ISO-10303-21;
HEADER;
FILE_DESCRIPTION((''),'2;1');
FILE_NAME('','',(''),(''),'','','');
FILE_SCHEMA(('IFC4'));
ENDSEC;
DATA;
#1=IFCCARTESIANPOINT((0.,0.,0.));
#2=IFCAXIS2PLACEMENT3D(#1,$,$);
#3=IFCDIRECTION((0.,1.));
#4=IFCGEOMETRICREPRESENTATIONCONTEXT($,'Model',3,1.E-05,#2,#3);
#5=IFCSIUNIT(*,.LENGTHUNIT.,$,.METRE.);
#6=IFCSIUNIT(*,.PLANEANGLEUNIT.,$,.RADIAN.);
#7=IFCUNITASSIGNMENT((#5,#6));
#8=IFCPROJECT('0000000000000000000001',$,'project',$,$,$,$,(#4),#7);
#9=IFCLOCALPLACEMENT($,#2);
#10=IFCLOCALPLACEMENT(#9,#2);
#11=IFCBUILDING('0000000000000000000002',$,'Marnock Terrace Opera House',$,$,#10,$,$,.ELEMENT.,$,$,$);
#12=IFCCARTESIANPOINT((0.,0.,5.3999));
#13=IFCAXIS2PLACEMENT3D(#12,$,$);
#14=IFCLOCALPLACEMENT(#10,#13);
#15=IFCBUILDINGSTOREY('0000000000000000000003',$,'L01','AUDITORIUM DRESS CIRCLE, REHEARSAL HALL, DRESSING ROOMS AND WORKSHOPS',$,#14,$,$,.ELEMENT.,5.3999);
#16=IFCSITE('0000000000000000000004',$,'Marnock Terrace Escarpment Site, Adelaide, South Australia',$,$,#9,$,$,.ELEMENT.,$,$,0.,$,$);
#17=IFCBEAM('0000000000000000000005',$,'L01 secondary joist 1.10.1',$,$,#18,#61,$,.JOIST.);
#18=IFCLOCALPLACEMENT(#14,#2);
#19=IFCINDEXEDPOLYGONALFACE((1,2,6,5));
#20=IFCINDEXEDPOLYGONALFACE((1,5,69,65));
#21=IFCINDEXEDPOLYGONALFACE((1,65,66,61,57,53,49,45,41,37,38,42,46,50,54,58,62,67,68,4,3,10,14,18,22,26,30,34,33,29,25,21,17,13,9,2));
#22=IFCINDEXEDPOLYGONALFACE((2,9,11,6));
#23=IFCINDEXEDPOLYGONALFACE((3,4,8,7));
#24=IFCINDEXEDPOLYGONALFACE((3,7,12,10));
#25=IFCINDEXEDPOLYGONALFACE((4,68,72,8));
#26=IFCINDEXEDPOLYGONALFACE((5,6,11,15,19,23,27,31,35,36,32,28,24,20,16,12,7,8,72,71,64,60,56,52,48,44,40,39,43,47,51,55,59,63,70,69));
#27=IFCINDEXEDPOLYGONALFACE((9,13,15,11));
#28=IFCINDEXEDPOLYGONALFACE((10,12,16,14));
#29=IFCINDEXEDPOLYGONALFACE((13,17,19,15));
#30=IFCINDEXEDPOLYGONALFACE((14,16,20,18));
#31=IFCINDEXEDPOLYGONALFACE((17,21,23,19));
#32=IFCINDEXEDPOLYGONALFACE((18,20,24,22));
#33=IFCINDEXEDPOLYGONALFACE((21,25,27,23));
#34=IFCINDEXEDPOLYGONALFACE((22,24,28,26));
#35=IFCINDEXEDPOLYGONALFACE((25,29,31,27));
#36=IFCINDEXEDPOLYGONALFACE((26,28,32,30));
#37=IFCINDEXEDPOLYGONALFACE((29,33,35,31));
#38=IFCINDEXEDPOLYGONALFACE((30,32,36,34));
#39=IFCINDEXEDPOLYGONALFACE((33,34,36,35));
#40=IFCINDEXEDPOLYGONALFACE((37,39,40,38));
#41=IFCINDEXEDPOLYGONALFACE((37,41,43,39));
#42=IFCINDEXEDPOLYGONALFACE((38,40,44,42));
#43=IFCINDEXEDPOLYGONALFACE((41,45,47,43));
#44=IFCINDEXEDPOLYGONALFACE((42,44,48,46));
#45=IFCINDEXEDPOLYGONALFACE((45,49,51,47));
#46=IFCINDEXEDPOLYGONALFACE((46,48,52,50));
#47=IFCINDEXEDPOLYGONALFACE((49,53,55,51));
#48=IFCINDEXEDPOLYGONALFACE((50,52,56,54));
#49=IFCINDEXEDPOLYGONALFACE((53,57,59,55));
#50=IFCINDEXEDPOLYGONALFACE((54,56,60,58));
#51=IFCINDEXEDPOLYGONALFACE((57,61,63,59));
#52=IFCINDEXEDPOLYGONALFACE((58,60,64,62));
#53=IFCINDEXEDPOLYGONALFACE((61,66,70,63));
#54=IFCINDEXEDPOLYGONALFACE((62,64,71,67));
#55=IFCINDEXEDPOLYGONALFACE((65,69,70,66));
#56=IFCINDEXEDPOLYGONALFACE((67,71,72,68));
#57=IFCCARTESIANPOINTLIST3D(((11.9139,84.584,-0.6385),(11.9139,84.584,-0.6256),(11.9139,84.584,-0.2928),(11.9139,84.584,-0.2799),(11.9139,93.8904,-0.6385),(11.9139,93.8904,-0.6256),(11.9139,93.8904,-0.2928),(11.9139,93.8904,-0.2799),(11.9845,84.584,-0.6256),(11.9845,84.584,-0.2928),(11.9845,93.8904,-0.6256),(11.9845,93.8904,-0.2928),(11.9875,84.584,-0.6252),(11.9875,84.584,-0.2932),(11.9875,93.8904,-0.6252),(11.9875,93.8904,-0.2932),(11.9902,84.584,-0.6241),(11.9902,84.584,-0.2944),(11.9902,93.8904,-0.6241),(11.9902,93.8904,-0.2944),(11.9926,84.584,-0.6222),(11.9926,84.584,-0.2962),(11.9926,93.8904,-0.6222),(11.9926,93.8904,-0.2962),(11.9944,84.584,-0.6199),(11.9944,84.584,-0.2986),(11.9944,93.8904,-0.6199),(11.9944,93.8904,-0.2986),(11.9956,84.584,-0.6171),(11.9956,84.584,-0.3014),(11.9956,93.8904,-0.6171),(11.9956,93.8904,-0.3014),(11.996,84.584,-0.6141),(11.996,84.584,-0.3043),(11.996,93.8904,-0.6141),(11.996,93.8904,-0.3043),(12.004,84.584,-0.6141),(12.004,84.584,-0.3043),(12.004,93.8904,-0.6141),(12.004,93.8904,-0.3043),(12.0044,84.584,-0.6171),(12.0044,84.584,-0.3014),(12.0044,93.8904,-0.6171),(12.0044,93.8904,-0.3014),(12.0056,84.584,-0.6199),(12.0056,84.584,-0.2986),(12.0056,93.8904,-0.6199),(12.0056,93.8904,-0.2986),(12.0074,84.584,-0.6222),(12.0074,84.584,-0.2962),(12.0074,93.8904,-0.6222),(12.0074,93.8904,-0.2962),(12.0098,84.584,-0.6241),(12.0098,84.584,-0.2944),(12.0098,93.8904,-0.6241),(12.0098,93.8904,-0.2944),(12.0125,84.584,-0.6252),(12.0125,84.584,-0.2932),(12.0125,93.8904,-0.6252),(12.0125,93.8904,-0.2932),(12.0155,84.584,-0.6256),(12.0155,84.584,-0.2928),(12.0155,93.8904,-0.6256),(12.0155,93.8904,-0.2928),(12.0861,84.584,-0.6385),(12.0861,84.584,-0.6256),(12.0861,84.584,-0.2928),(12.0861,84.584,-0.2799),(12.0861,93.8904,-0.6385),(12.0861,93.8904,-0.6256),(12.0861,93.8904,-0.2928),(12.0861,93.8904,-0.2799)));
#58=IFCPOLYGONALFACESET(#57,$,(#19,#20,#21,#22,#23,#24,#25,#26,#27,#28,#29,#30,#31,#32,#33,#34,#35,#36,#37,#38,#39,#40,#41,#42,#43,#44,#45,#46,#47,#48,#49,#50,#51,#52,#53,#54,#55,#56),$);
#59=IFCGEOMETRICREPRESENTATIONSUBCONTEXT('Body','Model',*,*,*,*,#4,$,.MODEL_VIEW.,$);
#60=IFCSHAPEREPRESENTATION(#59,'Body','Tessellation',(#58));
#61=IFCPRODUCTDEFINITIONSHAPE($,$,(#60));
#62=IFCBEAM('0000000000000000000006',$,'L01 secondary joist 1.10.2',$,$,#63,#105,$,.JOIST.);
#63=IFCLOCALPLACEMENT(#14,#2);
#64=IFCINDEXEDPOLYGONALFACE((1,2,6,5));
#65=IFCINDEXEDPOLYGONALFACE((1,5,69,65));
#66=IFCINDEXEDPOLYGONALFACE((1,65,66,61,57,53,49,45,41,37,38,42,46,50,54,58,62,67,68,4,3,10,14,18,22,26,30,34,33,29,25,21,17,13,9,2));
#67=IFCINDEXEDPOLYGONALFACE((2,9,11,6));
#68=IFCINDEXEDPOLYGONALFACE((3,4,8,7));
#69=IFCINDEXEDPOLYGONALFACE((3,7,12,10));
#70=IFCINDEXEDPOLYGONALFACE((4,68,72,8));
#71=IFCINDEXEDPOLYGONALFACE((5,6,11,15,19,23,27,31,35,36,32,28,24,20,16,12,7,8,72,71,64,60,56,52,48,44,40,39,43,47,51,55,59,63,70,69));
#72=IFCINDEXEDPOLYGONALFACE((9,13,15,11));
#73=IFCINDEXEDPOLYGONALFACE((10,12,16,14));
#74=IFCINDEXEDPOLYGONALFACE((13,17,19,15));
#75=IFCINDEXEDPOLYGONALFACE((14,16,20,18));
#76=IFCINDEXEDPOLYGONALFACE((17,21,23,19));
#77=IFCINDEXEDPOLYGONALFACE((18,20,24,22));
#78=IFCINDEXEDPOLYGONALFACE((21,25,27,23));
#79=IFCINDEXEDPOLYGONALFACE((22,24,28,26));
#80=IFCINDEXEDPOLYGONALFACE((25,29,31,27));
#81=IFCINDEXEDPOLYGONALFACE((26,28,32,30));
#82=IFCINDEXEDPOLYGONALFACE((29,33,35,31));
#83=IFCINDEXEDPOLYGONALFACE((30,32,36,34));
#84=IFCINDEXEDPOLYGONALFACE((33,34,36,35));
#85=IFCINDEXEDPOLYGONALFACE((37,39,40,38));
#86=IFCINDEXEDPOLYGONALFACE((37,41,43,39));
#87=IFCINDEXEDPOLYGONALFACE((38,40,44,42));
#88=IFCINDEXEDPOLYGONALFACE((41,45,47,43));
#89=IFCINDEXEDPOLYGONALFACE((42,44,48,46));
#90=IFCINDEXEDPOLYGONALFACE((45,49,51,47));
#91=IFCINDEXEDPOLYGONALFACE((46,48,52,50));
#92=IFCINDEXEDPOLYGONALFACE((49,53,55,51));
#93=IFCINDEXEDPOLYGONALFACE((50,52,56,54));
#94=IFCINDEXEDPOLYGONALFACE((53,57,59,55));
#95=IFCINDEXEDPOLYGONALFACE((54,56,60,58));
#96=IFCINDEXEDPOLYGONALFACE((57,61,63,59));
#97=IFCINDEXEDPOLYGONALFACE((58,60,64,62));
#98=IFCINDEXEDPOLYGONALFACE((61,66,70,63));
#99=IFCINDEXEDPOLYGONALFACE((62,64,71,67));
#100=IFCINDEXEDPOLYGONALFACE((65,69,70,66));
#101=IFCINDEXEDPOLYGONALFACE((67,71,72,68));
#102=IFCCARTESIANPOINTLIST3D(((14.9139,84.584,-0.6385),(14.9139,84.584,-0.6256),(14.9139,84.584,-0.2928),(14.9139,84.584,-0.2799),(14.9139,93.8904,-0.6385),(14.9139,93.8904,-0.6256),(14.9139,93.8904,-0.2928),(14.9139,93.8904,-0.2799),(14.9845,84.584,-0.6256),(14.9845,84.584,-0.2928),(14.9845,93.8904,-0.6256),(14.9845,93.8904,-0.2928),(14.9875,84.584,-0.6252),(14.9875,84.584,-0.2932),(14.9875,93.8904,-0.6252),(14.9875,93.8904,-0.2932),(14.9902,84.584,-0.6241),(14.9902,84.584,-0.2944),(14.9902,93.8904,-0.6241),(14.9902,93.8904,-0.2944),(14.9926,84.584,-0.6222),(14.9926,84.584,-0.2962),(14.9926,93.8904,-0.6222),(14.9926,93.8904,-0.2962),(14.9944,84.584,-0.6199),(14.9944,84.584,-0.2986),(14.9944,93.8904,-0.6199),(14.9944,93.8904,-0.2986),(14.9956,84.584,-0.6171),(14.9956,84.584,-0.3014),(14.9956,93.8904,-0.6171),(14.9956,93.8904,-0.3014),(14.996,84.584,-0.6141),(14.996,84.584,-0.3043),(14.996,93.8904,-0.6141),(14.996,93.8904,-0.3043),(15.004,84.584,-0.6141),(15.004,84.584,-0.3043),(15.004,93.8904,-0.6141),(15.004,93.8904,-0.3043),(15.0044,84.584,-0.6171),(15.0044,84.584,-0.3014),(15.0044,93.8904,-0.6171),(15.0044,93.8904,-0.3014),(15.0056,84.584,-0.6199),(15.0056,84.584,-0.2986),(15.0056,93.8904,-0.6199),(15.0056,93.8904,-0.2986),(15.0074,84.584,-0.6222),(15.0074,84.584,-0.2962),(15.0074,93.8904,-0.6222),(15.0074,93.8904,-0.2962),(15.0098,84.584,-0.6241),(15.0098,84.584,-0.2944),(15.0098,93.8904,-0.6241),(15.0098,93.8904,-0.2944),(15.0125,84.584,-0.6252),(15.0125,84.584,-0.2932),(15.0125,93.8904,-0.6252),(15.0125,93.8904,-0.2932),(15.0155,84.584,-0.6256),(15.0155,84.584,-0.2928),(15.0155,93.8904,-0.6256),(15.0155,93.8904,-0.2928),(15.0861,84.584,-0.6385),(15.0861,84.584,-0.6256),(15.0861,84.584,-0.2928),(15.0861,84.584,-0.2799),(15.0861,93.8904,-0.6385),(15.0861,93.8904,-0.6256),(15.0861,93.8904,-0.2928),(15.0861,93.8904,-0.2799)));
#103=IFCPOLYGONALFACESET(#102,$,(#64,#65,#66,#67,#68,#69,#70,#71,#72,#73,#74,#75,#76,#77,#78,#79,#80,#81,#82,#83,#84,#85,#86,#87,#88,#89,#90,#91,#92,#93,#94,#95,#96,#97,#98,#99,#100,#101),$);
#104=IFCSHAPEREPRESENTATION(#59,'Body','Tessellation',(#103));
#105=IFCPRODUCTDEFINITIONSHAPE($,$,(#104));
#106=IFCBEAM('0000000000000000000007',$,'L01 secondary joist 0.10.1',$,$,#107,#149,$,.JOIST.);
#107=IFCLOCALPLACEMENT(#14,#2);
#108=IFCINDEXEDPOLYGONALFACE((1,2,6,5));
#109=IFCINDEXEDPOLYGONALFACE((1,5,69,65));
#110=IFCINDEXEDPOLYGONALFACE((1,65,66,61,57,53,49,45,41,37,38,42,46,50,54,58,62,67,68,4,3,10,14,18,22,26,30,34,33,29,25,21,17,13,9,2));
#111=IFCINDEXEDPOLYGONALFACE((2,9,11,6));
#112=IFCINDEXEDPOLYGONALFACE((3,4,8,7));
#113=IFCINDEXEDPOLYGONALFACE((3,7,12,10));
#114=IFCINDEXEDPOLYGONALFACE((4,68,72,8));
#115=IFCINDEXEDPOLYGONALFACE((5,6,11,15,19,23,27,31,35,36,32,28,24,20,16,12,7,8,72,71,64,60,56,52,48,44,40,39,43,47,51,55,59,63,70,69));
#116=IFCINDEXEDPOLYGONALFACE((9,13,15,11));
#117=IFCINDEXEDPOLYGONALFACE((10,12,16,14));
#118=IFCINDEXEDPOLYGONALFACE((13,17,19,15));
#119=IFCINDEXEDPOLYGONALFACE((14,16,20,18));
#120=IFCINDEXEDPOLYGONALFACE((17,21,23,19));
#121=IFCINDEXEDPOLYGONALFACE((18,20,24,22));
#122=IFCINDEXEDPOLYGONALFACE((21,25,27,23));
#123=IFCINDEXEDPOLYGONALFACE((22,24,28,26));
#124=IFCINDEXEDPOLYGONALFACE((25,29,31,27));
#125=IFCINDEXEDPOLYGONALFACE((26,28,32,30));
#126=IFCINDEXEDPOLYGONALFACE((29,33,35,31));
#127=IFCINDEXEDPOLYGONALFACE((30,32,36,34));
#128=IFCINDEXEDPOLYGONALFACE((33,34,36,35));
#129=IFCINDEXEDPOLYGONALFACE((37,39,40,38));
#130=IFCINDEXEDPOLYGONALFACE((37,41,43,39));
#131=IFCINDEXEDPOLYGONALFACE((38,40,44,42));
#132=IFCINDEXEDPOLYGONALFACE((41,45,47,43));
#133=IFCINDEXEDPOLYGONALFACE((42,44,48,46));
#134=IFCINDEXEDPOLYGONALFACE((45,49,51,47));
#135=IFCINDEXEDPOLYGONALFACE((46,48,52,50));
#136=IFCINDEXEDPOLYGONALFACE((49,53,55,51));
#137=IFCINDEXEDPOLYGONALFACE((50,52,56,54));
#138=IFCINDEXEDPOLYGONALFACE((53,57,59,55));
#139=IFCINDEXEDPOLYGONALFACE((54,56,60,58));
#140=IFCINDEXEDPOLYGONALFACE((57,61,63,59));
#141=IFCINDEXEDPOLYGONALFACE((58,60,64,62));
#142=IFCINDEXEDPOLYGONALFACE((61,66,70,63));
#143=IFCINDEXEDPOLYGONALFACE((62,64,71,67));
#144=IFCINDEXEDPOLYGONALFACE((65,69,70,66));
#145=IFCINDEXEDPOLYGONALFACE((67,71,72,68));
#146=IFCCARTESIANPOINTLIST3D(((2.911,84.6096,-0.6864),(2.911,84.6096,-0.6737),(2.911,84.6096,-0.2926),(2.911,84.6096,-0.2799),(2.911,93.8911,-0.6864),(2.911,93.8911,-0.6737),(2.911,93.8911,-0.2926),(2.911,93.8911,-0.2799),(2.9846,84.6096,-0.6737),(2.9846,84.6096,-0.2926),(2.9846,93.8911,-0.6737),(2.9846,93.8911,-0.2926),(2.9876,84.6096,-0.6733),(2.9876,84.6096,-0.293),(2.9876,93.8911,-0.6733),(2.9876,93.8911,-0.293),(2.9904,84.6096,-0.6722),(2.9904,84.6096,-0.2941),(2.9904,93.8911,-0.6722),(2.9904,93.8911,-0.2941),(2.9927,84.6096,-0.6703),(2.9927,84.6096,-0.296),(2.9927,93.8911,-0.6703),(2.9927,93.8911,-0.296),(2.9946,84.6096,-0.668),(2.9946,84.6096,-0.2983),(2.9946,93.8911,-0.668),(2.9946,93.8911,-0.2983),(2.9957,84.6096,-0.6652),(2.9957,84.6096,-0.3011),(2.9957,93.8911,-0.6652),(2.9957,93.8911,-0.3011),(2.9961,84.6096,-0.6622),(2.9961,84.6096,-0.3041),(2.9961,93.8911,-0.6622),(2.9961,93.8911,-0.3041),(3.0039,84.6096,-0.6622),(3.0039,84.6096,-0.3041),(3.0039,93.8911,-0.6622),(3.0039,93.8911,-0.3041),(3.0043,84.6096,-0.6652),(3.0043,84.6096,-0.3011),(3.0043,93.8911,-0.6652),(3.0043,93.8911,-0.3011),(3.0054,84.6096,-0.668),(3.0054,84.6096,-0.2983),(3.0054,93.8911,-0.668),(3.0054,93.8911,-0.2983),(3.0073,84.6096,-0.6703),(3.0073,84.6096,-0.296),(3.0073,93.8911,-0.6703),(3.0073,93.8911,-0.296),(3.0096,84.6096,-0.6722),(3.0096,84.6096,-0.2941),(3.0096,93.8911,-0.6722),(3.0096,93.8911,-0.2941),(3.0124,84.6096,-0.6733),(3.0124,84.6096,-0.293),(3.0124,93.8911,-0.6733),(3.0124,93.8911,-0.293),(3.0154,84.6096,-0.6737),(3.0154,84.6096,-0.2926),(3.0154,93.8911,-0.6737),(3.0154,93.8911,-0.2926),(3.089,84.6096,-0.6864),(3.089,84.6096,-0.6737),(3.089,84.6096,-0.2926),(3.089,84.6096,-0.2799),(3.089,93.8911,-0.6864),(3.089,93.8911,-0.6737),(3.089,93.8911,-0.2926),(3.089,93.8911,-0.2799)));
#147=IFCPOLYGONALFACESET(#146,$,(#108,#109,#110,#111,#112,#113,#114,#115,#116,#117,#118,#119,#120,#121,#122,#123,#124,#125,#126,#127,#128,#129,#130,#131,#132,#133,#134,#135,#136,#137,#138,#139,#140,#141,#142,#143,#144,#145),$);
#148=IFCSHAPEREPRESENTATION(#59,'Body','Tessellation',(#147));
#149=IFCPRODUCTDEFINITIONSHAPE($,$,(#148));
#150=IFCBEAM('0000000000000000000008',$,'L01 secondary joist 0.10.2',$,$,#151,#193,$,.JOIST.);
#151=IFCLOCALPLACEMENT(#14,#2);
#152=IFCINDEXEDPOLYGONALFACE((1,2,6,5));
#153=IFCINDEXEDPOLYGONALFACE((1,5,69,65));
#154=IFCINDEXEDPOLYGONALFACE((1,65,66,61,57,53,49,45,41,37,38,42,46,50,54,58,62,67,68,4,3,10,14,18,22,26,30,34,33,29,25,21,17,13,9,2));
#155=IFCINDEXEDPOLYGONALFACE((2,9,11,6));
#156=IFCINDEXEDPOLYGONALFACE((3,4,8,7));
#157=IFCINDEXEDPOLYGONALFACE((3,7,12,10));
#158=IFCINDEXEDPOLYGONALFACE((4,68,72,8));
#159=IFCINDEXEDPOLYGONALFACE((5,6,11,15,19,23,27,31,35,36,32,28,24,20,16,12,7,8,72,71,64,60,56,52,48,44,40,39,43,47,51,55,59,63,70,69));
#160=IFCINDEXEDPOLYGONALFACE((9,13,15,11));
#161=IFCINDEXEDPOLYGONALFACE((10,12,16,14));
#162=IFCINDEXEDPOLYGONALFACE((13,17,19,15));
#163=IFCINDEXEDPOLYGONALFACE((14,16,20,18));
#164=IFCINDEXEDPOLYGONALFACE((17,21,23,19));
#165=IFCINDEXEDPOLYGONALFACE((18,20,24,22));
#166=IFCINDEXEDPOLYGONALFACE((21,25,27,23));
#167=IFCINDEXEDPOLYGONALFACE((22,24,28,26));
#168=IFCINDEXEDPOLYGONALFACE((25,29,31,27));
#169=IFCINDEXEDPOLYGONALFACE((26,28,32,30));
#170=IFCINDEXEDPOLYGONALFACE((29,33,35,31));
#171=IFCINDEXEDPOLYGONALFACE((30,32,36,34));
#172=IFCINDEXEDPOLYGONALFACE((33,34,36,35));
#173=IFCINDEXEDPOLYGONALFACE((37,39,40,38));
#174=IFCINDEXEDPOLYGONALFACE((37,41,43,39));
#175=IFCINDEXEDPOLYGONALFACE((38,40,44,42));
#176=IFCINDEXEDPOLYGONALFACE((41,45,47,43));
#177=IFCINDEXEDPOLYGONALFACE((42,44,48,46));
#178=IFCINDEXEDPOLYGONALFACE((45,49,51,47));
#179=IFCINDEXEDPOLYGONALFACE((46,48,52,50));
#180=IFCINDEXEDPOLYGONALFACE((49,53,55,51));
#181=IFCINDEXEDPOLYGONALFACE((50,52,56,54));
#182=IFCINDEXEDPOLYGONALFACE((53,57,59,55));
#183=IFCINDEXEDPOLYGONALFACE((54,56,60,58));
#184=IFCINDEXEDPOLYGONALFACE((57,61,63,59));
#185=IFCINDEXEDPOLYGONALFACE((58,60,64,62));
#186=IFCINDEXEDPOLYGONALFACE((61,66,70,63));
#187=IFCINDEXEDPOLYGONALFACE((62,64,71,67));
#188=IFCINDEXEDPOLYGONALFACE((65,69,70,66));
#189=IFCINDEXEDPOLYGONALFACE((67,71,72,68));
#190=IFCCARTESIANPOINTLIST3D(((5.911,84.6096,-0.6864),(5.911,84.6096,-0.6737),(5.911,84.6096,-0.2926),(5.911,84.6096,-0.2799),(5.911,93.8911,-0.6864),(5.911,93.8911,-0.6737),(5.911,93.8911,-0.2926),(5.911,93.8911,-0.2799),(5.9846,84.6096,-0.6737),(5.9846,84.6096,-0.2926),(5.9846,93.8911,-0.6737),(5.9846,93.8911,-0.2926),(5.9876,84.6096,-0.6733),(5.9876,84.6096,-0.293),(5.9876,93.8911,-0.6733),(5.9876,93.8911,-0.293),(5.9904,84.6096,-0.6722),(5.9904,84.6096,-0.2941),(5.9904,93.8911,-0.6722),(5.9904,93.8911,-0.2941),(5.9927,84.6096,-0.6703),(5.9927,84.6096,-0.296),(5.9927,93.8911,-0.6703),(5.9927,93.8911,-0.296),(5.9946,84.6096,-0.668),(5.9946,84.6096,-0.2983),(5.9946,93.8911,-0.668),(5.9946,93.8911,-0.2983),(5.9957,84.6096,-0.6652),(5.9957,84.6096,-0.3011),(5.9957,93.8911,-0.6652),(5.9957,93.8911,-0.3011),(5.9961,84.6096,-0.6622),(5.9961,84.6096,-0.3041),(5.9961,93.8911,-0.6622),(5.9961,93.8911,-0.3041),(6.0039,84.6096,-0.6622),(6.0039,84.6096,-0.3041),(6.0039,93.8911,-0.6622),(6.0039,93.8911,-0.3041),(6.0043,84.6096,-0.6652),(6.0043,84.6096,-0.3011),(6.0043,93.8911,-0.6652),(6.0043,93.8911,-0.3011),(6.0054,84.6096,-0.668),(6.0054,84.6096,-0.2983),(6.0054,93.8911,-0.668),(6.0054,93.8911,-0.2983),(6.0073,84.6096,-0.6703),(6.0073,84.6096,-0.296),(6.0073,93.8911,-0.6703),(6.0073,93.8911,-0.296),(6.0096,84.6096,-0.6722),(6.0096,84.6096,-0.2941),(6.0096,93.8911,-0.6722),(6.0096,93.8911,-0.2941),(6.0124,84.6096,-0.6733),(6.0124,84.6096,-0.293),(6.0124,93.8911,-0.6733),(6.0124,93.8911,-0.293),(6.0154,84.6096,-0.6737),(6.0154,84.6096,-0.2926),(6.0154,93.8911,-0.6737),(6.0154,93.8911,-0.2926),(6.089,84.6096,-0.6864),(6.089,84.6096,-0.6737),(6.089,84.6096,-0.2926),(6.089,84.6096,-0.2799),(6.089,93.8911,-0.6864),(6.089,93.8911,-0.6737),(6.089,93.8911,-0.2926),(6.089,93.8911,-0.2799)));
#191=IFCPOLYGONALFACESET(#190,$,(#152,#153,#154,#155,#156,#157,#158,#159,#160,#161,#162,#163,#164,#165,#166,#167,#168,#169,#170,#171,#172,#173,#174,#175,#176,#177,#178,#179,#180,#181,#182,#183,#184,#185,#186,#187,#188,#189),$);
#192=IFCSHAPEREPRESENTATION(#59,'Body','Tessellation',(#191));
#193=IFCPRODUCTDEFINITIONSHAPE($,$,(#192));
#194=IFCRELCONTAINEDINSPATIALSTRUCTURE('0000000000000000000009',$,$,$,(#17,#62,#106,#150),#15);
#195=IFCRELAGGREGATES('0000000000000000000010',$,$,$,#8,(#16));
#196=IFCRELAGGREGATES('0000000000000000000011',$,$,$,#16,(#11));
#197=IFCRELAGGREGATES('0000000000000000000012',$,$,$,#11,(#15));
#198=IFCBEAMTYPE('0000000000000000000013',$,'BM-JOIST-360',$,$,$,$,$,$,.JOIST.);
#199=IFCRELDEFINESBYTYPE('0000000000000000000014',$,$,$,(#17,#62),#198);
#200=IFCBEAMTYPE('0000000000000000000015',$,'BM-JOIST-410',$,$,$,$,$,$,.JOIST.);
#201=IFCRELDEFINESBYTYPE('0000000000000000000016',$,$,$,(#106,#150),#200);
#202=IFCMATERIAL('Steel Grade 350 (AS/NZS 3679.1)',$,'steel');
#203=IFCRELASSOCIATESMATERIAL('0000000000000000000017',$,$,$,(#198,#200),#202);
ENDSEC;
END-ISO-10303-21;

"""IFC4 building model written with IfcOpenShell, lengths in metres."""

from ifc_helpers import new_model, si_unit, direction, frame, origin, origin_2d, place, context, subcontext, project, spatial, i_section, extrude, material, material_profile, profile_set, type_object, element, save


model = new_model("IFC4")

# Units and contexts
model_context = context("Model", 3, precision=1e-05, world=origin(), true_north=direction((0.0, 1.0)))
body_context = subcontext(model_context, "Body", "Model", "MODEL_VIEW")
ifc_project = project(units=[si_unit("LENGTHUNIT", "METRE"), si_unit("PLANEANGLEUNIT", "RADIAN")], contexts=[model_context])

# Site, building, storey
site_placement = place(None, origin())
site = spatial("IfcSite", under=ifc_project, at=site_placement, Name="Marnock Terrace Escarpment Site, Adelaide, South Australia", CompositionType="ELEMENT", RefElevation=0.0)
building_placement = place(site_placement, origin())
building = spatial("IfcBuilding", under=site, at=building_placement, Name="Marnock Terrace Opera House", CompositionType="ELEMENT")
storey_placement = place(building_placement, frame((0.0, 0.0, 5.3999)))
storey = spatial("IfcBuildingStorey", under=building, at=storey_placement, Name="L01", Description="AUDITORIUM DRESS CIRCLE, REHEARSAL HALL, DRESSING ROOMS AND WORKSHOPS", CompositionType="ELEMENT", Elevation=5.3999)

# Shared definitions
ifc_material_1 = material(Name="Steel Grade 350 (AS/NZS 3679.1)", Category="steel")

# Beams
ifc_material_profile_1 = material_profile(ifc_material_1, i_section(OverallWidth=0.1721, OverallDepth=0.3586, WebThickness=0.0081, FlangeThickness=0.0129, FilletRadius=0.0115, at=origin_2d()))
ifc_profile_set_1 = profile_set([ifc_material_profile_1], Name="Steel Grade 350 (AS/NZS 3679.1)")
beam_type_1 = type_object("IfcBeamType", Name="BM-JOIST-360", PredefinedType="JOIST", material=ifc_profile_set_1)
for number, where, z_axis, x_axis, name in (
    (1, (12.0, 84.584, -0.4592), (0.0, 1.0, 0.0), (-1.0, 0.0, 0.0), "L01 secondary joist 1.10.1"),
    (2, (15.0, 84.584, -0.4592), (0.0, 1.0, 0.0), (-1.0, 0.0, 0.0), "L01 secondary joist 1.10.2"),
):
    element("IfcBeam", number, at=place(storey_placement, frame(where, z_axis=z_axis, x_axis=x_axis)), inside=storey, type_object=beam_type_1, Name=name, PredefinedType="JOIST", context=body_context, shape_type="SweptSolid", body=[
        extrude(i_section(OverallWidth=0.1721, OverallDepth=0.3586, WebThickness=0.0081, FlangeThickness=0.0129, FilletRadius=0.0115, at=origin_2d()), origin(), (0.0, 0.0, 1.0), 9.3064),
    ])
ifc_material_profile_2 = material_profile(ifc_material_1, i_section(OverallWidth=0.178, OverallDepth=0.4065, WebThickness=0.0078, FlangeThickness=0.0127, FilletRadius=0.0115, at=origin_2d()))
ifc_profile_set_2 = profile_set([ifc_material_profile_2], Name="Steel Grade 350 (AS/NZS 3679.1)")
beam_type_2 = type_object("IfcBeamType", Name="BM-JOIST-410", PredefinedType="JOIST", material=ifc_profile_set_2)
for number, where, z_axis, x_axis, name in (
    (3, (3.0, 84.6096, -0.4832), (0.0, 1.0, 0.0), (-1.0, 0.0, 0.0), "L01 secondary joist 0.10.1"),
    (4, (6.0, 84.6096, -0.4832), (0.0, 1.0, 0.0), (-1.0, 0.0, 0.0), "L01 secondary joist 0.10.2"),
):
    element("IfcBeam", number, at=place(storey_placement, frame(where, z_axis=z_axis, x_axis=x_axis)), inside=storey, type_object=beam_type_2, Name=name, PredefinedType="JOIST", context=body_context, shape_type="SweptSolid", body=[
        extrude(i_section(OverallWidth=0.178, OverallDepth=0.4065, WebThickness=0.0078, FlangeThickness=0.0127, FilletRadius=0.0115, at=origin_2d()), origin(), (0.0, 0.0, 1.0), 9.2815),
    ])

save(model, "model.ifc")
